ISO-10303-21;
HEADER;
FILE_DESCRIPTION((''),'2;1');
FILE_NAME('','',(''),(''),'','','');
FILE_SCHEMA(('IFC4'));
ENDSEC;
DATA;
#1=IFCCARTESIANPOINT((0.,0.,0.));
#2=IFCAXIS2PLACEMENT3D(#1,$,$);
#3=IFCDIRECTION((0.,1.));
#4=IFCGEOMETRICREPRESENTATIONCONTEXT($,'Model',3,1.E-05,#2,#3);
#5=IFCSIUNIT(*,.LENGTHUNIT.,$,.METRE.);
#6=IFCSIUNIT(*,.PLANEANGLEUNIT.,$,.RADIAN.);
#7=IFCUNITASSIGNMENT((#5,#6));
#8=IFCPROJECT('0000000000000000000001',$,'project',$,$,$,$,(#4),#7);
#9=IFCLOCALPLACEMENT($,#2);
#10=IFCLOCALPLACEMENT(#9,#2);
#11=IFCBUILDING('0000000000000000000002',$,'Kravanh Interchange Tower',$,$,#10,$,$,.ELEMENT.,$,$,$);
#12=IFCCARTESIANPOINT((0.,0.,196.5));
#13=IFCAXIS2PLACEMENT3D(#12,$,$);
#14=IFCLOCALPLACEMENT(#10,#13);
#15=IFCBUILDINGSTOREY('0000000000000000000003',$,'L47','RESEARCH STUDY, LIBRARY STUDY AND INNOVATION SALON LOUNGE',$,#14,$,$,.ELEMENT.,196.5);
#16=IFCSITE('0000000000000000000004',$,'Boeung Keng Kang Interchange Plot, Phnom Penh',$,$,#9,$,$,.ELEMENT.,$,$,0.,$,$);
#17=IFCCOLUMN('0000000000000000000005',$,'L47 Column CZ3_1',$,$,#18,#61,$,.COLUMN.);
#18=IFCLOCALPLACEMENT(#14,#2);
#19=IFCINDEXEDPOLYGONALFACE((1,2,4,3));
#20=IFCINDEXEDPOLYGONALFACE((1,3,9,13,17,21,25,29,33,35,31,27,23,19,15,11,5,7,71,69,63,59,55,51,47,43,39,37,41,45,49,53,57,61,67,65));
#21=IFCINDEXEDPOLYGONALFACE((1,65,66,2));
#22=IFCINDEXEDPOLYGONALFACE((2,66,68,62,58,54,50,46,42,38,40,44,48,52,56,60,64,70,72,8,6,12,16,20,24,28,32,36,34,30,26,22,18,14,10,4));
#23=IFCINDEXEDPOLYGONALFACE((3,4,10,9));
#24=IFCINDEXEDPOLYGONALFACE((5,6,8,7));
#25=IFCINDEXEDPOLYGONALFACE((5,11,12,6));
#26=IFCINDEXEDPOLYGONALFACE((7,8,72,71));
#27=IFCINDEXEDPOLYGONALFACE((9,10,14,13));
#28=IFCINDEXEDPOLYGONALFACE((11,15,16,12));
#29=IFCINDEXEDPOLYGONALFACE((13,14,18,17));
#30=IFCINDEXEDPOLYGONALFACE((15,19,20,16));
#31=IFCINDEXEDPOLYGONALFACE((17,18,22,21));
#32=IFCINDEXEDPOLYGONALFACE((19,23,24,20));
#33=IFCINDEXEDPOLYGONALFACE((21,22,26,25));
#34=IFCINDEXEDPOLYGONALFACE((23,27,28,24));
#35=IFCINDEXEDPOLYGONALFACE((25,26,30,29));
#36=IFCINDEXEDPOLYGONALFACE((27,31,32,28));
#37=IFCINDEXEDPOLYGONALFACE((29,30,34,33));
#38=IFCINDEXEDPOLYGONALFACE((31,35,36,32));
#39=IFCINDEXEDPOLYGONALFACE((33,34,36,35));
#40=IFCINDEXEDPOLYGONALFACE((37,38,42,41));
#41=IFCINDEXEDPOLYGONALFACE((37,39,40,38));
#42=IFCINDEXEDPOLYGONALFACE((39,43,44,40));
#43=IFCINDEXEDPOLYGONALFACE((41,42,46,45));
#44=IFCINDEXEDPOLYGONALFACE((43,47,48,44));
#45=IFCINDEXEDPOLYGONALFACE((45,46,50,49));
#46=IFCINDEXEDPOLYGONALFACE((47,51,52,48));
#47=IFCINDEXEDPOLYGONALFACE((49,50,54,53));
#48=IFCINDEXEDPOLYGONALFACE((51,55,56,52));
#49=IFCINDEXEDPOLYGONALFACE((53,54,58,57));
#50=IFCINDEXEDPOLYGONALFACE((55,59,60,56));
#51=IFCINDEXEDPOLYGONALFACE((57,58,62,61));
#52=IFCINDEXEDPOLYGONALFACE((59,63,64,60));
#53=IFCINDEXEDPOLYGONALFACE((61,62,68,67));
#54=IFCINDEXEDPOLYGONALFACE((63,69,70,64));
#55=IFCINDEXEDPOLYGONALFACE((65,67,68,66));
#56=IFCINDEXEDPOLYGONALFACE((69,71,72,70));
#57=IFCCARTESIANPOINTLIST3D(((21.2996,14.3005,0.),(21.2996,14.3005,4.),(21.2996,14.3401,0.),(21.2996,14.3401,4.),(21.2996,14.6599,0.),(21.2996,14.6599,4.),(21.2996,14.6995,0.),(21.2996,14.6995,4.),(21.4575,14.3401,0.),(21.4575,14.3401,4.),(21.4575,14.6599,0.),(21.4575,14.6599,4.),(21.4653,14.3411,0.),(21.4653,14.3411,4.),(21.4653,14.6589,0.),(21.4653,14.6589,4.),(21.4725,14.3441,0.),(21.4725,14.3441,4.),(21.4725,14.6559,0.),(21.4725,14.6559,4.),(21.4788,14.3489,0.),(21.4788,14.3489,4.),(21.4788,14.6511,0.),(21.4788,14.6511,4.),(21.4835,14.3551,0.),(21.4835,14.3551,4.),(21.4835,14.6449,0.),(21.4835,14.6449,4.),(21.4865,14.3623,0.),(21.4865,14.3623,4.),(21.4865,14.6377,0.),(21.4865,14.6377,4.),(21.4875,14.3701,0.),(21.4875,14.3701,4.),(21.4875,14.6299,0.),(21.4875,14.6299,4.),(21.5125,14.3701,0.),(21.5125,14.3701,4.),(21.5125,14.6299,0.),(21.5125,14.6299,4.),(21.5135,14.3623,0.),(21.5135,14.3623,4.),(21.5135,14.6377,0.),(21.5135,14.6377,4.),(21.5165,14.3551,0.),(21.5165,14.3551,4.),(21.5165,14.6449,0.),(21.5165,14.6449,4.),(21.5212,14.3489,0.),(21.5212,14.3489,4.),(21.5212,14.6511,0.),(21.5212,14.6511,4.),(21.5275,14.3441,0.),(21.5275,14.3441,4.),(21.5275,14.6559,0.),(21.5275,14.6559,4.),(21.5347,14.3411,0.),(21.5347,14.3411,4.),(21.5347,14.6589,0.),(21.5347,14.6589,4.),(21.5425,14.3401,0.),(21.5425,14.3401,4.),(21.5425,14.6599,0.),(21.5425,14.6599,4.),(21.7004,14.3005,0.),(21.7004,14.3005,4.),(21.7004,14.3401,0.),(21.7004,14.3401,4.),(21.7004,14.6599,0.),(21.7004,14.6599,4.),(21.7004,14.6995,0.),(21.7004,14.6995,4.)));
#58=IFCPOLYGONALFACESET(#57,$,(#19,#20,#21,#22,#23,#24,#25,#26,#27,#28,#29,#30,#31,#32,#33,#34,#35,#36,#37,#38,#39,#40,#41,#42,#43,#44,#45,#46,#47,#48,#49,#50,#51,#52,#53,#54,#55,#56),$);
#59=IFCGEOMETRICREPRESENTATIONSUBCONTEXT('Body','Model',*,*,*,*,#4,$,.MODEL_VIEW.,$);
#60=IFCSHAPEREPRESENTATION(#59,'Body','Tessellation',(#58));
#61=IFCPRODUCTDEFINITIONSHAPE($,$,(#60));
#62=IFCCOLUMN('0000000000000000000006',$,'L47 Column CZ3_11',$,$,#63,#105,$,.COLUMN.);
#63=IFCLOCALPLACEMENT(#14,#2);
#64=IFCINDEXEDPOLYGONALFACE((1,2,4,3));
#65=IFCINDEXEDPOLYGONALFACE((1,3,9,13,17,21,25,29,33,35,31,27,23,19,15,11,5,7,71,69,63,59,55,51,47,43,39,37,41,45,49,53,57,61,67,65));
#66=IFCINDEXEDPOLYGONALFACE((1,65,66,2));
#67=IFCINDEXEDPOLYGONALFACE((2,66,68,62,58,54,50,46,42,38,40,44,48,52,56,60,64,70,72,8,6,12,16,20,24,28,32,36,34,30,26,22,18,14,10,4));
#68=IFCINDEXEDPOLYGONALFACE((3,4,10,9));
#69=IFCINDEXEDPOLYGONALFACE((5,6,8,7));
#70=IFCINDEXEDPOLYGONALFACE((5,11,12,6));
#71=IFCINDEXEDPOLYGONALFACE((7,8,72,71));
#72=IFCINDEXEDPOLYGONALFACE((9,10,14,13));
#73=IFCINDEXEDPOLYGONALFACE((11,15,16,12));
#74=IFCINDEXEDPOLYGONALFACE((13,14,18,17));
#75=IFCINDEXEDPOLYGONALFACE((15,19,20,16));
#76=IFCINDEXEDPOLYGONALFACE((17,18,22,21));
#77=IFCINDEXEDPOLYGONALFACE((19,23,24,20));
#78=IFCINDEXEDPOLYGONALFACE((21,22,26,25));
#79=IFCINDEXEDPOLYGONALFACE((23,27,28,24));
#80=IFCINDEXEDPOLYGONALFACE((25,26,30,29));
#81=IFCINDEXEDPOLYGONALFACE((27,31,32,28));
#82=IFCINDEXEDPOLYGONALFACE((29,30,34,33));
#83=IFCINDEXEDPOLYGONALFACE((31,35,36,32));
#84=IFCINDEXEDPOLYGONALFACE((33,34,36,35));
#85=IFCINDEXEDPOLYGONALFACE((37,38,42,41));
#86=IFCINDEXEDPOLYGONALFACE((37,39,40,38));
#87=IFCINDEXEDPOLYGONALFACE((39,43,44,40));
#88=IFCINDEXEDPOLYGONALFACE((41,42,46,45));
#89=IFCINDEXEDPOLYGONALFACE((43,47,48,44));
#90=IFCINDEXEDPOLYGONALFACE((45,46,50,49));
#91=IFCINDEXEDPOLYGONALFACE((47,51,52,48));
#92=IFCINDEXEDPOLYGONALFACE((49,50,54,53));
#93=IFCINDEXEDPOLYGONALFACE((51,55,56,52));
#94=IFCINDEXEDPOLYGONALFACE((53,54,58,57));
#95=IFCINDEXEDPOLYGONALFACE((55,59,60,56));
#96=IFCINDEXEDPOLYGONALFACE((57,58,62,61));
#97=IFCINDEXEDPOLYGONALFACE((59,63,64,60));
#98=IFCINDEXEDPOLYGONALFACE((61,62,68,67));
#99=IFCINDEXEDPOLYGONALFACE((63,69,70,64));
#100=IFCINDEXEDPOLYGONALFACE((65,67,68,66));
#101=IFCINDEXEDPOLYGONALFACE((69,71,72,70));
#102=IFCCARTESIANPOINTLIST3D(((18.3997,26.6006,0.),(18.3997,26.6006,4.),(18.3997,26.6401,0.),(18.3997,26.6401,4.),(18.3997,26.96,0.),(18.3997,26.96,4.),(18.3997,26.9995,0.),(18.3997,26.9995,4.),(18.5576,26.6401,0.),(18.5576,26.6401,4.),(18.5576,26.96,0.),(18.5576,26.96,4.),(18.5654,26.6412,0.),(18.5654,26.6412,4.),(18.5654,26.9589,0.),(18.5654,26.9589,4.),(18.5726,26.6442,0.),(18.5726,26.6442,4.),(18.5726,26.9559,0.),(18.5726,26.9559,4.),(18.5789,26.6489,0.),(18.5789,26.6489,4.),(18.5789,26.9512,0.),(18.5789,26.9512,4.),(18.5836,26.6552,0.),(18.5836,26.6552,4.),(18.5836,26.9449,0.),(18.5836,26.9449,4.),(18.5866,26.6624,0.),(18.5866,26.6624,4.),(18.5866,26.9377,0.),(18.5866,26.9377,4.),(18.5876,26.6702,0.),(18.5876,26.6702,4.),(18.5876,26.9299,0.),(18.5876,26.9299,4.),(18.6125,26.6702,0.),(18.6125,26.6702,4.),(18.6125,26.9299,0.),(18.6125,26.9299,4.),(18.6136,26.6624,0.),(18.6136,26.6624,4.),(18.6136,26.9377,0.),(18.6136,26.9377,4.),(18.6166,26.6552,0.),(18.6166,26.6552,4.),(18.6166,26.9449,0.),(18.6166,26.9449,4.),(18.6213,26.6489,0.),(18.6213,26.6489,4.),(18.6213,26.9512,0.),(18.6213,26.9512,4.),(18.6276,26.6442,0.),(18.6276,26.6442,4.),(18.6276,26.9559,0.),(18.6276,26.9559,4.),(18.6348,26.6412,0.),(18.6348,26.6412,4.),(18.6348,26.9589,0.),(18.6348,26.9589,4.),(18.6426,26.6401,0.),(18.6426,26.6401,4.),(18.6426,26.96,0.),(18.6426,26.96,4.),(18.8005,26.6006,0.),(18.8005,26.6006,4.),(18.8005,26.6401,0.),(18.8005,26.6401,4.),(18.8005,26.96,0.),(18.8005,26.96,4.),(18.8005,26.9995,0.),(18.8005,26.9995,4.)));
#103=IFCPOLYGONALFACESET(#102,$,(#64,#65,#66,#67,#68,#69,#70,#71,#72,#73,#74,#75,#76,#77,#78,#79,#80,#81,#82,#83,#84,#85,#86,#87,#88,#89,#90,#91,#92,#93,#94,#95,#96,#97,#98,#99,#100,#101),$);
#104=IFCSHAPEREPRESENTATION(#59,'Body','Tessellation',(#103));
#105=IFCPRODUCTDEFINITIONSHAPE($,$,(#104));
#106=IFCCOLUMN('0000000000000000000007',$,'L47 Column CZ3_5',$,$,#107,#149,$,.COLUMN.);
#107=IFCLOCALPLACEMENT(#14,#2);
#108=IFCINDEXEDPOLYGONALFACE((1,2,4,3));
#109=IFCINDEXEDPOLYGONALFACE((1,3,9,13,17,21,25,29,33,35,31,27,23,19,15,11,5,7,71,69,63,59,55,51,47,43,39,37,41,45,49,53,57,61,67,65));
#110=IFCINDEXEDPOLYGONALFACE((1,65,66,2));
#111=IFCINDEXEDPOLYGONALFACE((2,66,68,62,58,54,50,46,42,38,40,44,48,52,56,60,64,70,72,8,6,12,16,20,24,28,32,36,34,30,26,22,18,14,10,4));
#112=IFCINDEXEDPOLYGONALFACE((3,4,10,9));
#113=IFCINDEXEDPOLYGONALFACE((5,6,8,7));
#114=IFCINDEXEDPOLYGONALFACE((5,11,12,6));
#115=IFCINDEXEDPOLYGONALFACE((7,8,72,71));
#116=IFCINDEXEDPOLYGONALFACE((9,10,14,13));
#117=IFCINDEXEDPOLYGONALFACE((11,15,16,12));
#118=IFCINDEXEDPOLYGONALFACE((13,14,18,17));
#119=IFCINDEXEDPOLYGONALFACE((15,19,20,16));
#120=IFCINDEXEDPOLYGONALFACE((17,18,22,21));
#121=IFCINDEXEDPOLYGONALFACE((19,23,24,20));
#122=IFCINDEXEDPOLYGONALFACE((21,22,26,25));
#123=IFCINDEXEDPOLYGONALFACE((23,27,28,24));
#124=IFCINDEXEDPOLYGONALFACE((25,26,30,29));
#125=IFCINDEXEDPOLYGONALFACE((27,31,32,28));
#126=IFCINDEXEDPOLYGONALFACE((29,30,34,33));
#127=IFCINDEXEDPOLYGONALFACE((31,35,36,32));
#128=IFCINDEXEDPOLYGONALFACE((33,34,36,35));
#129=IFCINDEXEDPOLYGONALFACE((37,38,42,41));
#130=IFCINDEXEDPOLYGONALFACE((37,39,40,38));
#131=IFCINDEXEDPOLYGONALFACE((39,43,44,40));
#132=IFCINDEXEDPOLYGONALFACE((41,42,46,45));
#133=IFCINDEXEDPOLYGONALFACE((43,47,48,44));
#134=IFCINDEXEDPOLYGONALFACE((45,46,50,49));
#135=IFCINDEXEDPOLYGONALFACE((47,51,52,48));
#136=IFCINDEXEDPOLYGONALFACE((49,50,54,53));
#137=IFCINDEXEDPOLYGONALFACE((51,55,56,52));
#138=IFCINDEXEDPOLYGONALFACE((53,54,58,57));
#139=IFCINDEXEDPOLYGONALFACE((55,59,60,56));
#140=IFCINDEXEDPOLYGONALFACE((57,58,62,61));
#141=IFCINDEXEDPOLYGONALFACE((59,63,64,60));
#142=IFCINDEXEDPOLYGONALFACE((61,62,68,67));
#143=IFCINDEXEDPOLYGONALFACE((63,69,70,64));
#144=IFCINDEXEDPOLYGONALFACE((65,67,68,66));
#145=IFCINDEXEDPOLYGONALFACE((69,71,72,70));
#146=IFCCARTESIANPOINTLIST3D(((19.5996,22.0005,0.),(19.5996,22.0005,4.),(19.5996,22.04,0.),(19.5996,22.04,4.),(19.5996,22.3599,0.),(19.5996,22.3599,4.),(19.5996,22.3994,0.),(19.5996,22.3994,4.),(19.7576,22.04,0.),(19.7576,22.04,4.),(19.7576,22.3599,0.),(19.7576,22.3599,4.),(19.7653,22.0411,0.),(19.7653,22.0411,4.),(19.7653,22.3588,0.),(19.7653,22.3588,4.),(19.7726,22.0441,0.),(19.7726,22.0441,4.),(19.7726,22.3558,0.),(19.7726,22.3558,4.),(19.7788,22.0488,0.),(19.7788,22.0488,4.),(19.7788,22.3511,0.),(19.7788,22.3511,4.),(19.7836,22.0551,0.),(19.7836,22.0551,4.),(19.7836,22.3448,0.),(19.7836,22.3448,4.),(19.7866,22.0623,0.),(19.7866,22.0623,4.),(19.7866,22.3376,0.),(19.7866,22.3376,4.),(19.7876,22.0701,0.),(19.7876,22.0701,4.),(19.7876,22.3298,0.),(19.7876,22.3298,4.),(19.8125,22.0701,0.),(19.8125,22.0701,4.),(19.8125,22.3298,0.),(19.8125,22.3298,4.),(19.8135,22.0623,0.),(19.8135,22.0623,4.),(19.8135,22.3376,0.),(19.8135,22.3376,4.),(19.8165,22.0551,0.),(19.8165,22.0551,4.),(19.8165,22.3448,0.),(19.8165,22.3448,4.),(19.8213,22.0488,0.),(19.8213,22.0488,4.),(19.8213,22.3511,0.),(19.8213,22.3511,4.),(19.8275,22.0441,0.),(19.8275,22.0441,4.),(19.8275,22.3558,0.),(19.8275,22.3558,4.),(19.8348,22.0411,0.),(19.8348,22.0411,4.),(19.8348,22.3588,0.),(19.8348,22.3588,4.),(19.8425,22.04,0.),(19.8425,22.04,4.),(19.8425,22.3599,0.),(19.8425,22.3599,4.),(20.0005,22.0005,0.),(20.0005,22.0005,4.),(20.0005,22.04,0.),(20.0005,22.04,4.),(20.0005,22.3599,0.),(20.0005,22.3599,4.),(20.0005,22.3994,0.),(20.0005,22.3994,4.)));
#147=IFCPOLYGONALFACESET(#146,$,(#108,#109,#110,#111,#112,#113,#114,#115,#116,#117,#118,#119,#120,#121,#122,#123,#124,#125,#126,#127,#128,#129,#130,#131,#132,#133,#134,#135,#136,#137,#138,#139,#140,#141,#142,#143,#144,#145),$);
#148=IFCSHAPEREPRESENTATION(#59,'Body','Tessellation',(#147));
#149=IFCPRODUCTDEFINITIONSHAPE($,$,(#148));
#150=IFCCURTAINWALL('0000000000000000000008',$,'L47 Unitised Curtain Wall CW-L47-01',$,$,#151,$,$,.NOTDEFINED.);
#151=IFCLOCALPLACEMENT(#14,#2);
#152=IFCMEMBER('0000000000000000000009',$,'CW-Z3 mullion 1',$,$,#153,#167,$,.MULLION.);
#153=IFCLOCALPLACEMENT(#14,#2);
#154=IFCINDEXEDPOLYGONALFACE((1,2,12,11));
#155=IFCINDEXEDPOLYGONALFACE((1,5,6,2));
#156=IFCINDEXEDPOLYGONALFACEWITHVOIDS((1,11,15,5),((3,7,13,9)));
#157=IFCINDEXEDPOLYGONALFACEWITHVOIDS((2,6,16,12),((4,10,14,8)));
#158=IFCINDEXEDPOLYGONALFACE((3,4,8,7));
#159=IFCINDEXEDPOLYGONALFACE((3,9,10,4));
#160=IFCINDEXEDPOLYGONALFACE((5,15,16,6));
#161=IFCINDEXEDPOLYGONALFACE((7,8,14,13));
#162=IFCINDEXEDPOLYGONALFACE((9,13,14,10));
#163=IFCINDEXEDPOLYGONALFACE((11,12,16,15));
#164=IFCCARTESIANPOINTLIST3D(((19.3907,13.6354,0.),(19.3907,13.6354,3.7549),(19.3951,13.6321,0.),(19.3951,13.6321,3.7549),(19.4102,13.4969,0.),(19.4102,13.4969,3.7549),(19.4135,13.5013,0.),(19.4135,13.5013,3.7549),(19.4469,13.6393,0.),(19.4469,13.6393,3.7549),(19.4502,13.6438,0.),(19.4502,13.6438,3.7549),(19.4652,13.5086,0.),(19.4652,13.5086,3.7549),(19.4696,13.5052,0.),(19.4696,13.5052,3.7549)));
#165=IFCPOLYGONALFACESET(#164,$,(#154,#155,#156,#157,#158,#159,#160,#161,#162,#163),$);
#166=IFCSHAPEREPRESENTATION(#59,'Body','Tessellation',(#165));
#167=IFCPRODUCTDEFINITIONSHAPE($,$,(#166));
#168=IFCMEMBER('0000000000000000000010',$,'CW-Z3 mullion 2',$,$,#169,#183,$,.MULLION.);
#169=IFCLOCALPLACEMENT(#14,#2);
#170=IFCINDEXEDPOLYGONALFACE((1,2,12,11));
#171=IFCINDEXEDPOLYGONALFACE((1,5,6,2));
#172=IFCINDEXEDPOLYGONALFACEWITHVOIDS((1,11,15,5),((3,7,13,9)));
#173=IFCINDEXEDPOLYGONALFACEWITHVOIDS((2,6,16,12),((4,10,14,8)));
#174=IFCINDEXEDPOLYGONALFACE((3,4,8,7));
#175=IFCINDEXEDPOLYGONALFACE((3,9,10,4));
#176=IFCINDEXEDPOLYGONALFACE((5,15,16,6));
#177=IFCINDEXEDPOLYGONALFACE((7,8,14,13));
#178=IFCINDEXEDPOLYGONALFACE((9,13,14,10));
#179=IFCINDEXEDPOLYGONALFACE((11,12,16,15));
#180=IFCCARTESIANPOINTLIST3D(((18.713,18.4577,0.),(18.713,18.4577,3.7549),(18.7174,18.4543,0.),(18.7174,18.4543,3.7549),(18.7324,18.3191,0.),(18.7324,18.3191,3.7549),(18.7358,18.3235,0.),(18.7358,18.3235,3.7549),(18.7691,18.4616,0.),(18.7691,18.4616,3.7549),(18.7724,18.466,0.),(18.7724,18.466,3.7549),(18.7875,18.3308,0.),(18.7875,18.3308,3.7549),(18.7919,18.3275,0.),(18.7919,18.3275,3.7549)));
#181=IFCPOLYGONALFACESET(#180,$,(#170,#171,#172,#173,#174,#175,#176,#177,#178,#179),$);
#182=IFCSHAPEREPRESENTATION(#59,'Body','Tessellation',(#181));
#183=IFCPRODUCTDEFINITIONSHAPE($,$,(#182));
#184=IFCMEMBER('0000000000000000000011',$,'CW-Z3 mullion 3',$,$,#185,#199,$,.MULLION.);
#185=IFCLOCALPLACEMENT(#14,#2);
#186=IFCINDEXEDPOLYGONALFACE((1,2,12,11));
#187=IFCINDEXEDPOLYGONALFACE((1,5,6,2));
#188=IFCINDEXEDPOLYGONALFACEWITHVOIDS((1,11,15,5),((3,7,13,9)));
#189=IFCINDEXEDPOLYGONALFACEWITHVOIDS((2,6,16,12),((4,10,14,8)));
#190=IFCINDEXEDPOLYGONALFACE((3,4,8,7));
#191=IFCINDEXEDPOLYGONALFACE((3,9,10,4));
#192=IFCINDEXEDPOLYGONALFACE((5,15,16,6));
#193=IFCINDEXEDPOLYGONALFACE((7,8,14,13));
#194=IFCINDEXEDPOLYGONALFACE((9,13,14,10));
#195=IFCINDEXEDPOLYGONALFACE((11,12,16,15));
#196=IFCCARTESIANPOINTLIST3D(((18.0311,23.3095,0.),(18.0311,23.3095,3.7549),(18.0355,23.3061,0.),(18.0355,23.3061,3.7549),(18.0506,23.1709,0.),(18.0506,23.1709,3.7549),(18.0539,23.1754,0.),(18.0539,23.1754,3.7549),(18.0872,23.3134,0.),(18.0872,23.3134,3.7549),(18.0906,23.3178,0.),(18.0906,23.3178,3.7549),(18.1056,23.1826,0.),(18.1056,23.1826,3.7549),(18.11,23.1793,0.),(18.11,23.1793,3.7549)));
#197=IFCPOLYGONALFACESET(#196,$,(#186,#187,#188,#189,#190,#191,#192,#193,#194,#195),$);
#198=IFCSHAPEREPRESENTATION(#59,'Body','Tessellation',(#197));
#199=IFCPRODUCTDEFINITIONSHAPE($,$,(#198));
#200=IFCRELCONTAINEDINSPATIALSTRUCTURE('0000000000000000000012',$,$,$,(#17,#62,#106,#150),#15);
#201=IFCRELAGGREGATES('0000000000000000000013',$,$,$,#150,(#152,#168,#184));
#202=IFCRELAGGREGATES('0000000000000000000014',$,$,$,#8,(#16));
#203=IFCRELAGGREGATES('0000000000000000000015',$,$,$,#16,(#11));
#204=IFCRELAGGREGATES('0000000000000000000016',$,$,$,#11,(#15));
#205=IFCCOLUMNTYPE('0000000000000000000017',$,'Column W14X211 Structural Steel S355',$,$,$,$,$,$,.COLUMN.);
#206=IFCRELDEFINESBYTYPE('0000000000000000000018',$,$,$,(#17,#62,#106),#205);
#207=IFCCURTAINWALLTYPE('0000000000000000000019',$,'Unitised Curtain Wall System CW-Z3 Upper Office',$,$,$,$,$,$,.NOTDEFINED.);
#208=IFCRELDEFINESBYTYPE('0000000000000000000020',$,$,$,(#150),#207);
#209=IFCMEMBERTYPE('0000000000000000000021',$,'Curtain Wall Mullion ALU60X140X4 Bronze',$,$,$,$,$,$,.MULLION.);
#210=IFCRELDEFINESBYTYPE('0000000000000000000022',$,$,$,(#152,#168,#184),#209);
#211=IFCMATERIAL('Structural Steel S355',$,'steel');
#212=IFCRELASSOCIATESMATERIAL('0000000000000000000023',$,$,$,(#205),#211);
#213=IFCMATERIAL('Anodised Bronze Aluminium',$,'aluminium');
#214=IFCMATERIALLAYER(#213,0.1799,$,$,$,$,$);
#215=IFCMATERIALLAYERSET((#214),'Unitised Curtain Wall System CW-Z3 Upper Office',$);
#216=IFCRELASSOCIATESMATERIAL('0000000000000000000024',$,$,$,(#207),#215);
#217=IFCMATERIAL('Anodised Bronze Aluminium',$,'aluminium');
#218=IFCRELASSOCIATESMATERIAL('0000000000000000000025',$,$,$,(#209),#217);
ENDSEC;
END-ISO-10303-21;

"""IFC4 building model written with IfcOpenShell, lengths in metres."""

from ifc_helpers import new_model, si_unit, direction, frame, origin, origin_2d, place, context, subcontext, project, spatial, hollow_rectangle, i_section, extrude, material, layer, layer_set, material_profile, profile_set, type_object, element, aggregate, save


model = new_model("IFC4")

# Units and contexts
model_context = context("Model", 3, precision=1e-05, world=origin(), true_north=direction((0.0, 1.0)))
body_context = subcontext(model_context, "Body", "Model", "MODEL_VIEW")
ifc_project = project(units=[si_unit("LENGTHUNIT", "METRE"), si_unit("PLANEANGLEUNIT", "RADIAN")], contexts=[model_context])

# Site, building, storey
site_placement = place(None, origin())
site = spatial("IfcSite", under=ifc_project, at=site_placement, Name="Boeung Keng Kang Interchange Plot, Phnom Penh", CompositionType="ELEMENT", RefElevation=0.0)
building_placement = place(site_placement, origin())
building = spatial("IfcBuilding", under=site, at=building_placement, Name="Kravanh Interchange Tower", CompositionType="ELEMENT")
storey_placement = place(building_placement, frame((0.0, 0.0, 196.5)))
storey = spatial("IfcBuildingStorey", under=building, at=storey_placement, Name="L47", Description="RESEARCH STUDY, LIBRARY STUDY AND INNOVATION SALON LOUNGE", CompositionType="ELEMENT", Elevation=196.5)

# Columns
ifc_material_1 = material(Name="Structural Steel S355", Category="steel")
ifc_material_profile_1 = material_profile(ifc_material_1, i_section(OverallWidth=0.4009, OverallDepth=0.3989, WebThickness=0.0249, FlangeThickness=0.0396, FilletRadius=0.03, at=origin_2d()), Name="W14X211")
ifc_profile_set_1 = profile_set([ifc_material_profile_1], Name="Structural Steel S355")
column_type = type_object("IfcColumnType", Name="Column W14X211 Structural Steel S355", PredefinedType="COLUMN", material=ifc_profile_set_1)
for number, where, z_axis, x_axis, name in (
    (1, (21.5, 14.5, 0.0), (0.0, 0.0, 1.0), (1.0, 0.0, 0.0), "L47 Column CZ3_1"),
    (2, (18.6001, 26.8, 0.0), (0.0, 0.0, 1.0), (1.0, 0.0, 0.0), "L47 Column CZ3_11"),
    (3, (19.8, 22.2, 0.0), (0.0, 0.0, 1.0), (1.0, 0.0, 0.0), "L47 Column CZ3_5"),
):
    element("IfcColumn", number, at=place(storey_placement, frame(where, z_axis=z_axis, x_axis=x_axis)), inside=storey, type_object=column_type, Name=name, PredefinedType="COLUMN", context=body_context, shape_type="SweptSolid", body=[
        extrude(i_section(OverallWidth=0.4009, OverallDepth=0.3989, WebThickness=0.0249, FlangeThickness=0.0396, FilletRadius=0.03, at=origin_2d()), origin(), (0.0, 0.0, 1.0), 4.0),
    ])

# Curtain wall, members
ifc_material_2 = material(Name="Anodised Bronze Aluminium", Category="aluminium")
ifc_layer_1 = layer(ifc_material_2, 0.1799)
ifc_layer_set_1 = layer_set([ifc_layer_1], Name="Unitised Curtain Wall System CW-Z3 Upper Office")
curtain_wall_type = type_object("IfcCurtainWallType", Name="Unitised Curtain Wall System CW-Z3 Upper Office", PredefinedType="NOTDEFINED", material=ifc_layer_set_1)
curtain_wall_1_placement = place(storey_placement, origin())
curtain_wall_1 = element("IfcCurtainWall", 4, at=curtain_wall_1_placement, inside=storey, type_object=curtain_wall_type, Name="L47 Unitised Curtain Wall CW-L47-01", PredefinedType="NOTDEFINED")
ifc_material_3 = material(Name="Anodised Bronze Aluminium", Category="aluminium")
ifc_material_profile_2 = material_profile(ifc_material_3, hollow_rectangle(XDim=0.0601, YDim=0.1399, WallThickness=0.0039, at=origin_2d()), Name="ALU60X140X4")
ifc_profile_set_2 = profile_set([ifc_material_profile_2], Name="Anodised Bronze Aluminium")
member_type_1 = type_object("IfcMemberType", Name="Curtain Wall Mullion ALU60X140X4 Bronze", PredefinedType="MULLION", material=ifc_profile_set_2)
member_1_placement = place(storey_placement, frame((19.4302, 13.5703, 0.0), z_axis=(0.0, 0.0, 1.0), x_axis=(-0.990268, -0.139172, 0.0)))
member_1 = element("IfcMember", 5, at=member_1_placement, type_object=member_type_1, Name="CW-Z3 mullion 1", PredefinedType="MULLION", context=body_context, shape_type="SweptSolid", body=[
    extrude(hollow_rectangle(XDim=0.0601, YDim=0.1399, WallThickness=0.0039, at=origin_2d()), origin(), (0.0, 0.0, 1.0), 3.7549),
])
member_2_placement = place(storey_placement, frame((18.7524, 18.3926, 0.0), z_axis=(0.0, 0.0, 1.0), x_axis=(-0.990268, -0.139172, 0.0)))
member_2 = element("IfcMember", 6, at=member_2_placement, type_object=member_type_1, Name="CW-Z3 mullion 2", PredefinedType="MULLION", context=body_context, shape_type="SweptSolid", body=[
    extrude(hollow_rectangle(XDim=0.0601, YDim=0.1399, WallThickness=0.0039, at=origin_2d()), origin(), (0.0, 0.0, 1.0), 3.7549),
])
member_3_placement = place(storey_placement, frame((18.0706, 23.2444, 0.0), z_axis=(0.0, 0.0, 1.0), x_axis=(-0.990268, -0.139172, 0.0)))
member_3 = element("IfcMember", 7, at=member_3_placement, type_object=member_type_1, Name="CW-Z3 mullion 3", PredefinedType="MULLION", context=body_context, shape_type="SweptSolid", body=[
    extrude(hollow_rectangle(XDim=0.0601, YDim=0.1399, WallThickness=0.0039, at=origin_2d()), origin(), (0.0, 0.0, 1.0), 3.7549),
])

aggregate(curtain_wall_1, [member_1, member_2, member_3])

save(model, "model.ifc")
